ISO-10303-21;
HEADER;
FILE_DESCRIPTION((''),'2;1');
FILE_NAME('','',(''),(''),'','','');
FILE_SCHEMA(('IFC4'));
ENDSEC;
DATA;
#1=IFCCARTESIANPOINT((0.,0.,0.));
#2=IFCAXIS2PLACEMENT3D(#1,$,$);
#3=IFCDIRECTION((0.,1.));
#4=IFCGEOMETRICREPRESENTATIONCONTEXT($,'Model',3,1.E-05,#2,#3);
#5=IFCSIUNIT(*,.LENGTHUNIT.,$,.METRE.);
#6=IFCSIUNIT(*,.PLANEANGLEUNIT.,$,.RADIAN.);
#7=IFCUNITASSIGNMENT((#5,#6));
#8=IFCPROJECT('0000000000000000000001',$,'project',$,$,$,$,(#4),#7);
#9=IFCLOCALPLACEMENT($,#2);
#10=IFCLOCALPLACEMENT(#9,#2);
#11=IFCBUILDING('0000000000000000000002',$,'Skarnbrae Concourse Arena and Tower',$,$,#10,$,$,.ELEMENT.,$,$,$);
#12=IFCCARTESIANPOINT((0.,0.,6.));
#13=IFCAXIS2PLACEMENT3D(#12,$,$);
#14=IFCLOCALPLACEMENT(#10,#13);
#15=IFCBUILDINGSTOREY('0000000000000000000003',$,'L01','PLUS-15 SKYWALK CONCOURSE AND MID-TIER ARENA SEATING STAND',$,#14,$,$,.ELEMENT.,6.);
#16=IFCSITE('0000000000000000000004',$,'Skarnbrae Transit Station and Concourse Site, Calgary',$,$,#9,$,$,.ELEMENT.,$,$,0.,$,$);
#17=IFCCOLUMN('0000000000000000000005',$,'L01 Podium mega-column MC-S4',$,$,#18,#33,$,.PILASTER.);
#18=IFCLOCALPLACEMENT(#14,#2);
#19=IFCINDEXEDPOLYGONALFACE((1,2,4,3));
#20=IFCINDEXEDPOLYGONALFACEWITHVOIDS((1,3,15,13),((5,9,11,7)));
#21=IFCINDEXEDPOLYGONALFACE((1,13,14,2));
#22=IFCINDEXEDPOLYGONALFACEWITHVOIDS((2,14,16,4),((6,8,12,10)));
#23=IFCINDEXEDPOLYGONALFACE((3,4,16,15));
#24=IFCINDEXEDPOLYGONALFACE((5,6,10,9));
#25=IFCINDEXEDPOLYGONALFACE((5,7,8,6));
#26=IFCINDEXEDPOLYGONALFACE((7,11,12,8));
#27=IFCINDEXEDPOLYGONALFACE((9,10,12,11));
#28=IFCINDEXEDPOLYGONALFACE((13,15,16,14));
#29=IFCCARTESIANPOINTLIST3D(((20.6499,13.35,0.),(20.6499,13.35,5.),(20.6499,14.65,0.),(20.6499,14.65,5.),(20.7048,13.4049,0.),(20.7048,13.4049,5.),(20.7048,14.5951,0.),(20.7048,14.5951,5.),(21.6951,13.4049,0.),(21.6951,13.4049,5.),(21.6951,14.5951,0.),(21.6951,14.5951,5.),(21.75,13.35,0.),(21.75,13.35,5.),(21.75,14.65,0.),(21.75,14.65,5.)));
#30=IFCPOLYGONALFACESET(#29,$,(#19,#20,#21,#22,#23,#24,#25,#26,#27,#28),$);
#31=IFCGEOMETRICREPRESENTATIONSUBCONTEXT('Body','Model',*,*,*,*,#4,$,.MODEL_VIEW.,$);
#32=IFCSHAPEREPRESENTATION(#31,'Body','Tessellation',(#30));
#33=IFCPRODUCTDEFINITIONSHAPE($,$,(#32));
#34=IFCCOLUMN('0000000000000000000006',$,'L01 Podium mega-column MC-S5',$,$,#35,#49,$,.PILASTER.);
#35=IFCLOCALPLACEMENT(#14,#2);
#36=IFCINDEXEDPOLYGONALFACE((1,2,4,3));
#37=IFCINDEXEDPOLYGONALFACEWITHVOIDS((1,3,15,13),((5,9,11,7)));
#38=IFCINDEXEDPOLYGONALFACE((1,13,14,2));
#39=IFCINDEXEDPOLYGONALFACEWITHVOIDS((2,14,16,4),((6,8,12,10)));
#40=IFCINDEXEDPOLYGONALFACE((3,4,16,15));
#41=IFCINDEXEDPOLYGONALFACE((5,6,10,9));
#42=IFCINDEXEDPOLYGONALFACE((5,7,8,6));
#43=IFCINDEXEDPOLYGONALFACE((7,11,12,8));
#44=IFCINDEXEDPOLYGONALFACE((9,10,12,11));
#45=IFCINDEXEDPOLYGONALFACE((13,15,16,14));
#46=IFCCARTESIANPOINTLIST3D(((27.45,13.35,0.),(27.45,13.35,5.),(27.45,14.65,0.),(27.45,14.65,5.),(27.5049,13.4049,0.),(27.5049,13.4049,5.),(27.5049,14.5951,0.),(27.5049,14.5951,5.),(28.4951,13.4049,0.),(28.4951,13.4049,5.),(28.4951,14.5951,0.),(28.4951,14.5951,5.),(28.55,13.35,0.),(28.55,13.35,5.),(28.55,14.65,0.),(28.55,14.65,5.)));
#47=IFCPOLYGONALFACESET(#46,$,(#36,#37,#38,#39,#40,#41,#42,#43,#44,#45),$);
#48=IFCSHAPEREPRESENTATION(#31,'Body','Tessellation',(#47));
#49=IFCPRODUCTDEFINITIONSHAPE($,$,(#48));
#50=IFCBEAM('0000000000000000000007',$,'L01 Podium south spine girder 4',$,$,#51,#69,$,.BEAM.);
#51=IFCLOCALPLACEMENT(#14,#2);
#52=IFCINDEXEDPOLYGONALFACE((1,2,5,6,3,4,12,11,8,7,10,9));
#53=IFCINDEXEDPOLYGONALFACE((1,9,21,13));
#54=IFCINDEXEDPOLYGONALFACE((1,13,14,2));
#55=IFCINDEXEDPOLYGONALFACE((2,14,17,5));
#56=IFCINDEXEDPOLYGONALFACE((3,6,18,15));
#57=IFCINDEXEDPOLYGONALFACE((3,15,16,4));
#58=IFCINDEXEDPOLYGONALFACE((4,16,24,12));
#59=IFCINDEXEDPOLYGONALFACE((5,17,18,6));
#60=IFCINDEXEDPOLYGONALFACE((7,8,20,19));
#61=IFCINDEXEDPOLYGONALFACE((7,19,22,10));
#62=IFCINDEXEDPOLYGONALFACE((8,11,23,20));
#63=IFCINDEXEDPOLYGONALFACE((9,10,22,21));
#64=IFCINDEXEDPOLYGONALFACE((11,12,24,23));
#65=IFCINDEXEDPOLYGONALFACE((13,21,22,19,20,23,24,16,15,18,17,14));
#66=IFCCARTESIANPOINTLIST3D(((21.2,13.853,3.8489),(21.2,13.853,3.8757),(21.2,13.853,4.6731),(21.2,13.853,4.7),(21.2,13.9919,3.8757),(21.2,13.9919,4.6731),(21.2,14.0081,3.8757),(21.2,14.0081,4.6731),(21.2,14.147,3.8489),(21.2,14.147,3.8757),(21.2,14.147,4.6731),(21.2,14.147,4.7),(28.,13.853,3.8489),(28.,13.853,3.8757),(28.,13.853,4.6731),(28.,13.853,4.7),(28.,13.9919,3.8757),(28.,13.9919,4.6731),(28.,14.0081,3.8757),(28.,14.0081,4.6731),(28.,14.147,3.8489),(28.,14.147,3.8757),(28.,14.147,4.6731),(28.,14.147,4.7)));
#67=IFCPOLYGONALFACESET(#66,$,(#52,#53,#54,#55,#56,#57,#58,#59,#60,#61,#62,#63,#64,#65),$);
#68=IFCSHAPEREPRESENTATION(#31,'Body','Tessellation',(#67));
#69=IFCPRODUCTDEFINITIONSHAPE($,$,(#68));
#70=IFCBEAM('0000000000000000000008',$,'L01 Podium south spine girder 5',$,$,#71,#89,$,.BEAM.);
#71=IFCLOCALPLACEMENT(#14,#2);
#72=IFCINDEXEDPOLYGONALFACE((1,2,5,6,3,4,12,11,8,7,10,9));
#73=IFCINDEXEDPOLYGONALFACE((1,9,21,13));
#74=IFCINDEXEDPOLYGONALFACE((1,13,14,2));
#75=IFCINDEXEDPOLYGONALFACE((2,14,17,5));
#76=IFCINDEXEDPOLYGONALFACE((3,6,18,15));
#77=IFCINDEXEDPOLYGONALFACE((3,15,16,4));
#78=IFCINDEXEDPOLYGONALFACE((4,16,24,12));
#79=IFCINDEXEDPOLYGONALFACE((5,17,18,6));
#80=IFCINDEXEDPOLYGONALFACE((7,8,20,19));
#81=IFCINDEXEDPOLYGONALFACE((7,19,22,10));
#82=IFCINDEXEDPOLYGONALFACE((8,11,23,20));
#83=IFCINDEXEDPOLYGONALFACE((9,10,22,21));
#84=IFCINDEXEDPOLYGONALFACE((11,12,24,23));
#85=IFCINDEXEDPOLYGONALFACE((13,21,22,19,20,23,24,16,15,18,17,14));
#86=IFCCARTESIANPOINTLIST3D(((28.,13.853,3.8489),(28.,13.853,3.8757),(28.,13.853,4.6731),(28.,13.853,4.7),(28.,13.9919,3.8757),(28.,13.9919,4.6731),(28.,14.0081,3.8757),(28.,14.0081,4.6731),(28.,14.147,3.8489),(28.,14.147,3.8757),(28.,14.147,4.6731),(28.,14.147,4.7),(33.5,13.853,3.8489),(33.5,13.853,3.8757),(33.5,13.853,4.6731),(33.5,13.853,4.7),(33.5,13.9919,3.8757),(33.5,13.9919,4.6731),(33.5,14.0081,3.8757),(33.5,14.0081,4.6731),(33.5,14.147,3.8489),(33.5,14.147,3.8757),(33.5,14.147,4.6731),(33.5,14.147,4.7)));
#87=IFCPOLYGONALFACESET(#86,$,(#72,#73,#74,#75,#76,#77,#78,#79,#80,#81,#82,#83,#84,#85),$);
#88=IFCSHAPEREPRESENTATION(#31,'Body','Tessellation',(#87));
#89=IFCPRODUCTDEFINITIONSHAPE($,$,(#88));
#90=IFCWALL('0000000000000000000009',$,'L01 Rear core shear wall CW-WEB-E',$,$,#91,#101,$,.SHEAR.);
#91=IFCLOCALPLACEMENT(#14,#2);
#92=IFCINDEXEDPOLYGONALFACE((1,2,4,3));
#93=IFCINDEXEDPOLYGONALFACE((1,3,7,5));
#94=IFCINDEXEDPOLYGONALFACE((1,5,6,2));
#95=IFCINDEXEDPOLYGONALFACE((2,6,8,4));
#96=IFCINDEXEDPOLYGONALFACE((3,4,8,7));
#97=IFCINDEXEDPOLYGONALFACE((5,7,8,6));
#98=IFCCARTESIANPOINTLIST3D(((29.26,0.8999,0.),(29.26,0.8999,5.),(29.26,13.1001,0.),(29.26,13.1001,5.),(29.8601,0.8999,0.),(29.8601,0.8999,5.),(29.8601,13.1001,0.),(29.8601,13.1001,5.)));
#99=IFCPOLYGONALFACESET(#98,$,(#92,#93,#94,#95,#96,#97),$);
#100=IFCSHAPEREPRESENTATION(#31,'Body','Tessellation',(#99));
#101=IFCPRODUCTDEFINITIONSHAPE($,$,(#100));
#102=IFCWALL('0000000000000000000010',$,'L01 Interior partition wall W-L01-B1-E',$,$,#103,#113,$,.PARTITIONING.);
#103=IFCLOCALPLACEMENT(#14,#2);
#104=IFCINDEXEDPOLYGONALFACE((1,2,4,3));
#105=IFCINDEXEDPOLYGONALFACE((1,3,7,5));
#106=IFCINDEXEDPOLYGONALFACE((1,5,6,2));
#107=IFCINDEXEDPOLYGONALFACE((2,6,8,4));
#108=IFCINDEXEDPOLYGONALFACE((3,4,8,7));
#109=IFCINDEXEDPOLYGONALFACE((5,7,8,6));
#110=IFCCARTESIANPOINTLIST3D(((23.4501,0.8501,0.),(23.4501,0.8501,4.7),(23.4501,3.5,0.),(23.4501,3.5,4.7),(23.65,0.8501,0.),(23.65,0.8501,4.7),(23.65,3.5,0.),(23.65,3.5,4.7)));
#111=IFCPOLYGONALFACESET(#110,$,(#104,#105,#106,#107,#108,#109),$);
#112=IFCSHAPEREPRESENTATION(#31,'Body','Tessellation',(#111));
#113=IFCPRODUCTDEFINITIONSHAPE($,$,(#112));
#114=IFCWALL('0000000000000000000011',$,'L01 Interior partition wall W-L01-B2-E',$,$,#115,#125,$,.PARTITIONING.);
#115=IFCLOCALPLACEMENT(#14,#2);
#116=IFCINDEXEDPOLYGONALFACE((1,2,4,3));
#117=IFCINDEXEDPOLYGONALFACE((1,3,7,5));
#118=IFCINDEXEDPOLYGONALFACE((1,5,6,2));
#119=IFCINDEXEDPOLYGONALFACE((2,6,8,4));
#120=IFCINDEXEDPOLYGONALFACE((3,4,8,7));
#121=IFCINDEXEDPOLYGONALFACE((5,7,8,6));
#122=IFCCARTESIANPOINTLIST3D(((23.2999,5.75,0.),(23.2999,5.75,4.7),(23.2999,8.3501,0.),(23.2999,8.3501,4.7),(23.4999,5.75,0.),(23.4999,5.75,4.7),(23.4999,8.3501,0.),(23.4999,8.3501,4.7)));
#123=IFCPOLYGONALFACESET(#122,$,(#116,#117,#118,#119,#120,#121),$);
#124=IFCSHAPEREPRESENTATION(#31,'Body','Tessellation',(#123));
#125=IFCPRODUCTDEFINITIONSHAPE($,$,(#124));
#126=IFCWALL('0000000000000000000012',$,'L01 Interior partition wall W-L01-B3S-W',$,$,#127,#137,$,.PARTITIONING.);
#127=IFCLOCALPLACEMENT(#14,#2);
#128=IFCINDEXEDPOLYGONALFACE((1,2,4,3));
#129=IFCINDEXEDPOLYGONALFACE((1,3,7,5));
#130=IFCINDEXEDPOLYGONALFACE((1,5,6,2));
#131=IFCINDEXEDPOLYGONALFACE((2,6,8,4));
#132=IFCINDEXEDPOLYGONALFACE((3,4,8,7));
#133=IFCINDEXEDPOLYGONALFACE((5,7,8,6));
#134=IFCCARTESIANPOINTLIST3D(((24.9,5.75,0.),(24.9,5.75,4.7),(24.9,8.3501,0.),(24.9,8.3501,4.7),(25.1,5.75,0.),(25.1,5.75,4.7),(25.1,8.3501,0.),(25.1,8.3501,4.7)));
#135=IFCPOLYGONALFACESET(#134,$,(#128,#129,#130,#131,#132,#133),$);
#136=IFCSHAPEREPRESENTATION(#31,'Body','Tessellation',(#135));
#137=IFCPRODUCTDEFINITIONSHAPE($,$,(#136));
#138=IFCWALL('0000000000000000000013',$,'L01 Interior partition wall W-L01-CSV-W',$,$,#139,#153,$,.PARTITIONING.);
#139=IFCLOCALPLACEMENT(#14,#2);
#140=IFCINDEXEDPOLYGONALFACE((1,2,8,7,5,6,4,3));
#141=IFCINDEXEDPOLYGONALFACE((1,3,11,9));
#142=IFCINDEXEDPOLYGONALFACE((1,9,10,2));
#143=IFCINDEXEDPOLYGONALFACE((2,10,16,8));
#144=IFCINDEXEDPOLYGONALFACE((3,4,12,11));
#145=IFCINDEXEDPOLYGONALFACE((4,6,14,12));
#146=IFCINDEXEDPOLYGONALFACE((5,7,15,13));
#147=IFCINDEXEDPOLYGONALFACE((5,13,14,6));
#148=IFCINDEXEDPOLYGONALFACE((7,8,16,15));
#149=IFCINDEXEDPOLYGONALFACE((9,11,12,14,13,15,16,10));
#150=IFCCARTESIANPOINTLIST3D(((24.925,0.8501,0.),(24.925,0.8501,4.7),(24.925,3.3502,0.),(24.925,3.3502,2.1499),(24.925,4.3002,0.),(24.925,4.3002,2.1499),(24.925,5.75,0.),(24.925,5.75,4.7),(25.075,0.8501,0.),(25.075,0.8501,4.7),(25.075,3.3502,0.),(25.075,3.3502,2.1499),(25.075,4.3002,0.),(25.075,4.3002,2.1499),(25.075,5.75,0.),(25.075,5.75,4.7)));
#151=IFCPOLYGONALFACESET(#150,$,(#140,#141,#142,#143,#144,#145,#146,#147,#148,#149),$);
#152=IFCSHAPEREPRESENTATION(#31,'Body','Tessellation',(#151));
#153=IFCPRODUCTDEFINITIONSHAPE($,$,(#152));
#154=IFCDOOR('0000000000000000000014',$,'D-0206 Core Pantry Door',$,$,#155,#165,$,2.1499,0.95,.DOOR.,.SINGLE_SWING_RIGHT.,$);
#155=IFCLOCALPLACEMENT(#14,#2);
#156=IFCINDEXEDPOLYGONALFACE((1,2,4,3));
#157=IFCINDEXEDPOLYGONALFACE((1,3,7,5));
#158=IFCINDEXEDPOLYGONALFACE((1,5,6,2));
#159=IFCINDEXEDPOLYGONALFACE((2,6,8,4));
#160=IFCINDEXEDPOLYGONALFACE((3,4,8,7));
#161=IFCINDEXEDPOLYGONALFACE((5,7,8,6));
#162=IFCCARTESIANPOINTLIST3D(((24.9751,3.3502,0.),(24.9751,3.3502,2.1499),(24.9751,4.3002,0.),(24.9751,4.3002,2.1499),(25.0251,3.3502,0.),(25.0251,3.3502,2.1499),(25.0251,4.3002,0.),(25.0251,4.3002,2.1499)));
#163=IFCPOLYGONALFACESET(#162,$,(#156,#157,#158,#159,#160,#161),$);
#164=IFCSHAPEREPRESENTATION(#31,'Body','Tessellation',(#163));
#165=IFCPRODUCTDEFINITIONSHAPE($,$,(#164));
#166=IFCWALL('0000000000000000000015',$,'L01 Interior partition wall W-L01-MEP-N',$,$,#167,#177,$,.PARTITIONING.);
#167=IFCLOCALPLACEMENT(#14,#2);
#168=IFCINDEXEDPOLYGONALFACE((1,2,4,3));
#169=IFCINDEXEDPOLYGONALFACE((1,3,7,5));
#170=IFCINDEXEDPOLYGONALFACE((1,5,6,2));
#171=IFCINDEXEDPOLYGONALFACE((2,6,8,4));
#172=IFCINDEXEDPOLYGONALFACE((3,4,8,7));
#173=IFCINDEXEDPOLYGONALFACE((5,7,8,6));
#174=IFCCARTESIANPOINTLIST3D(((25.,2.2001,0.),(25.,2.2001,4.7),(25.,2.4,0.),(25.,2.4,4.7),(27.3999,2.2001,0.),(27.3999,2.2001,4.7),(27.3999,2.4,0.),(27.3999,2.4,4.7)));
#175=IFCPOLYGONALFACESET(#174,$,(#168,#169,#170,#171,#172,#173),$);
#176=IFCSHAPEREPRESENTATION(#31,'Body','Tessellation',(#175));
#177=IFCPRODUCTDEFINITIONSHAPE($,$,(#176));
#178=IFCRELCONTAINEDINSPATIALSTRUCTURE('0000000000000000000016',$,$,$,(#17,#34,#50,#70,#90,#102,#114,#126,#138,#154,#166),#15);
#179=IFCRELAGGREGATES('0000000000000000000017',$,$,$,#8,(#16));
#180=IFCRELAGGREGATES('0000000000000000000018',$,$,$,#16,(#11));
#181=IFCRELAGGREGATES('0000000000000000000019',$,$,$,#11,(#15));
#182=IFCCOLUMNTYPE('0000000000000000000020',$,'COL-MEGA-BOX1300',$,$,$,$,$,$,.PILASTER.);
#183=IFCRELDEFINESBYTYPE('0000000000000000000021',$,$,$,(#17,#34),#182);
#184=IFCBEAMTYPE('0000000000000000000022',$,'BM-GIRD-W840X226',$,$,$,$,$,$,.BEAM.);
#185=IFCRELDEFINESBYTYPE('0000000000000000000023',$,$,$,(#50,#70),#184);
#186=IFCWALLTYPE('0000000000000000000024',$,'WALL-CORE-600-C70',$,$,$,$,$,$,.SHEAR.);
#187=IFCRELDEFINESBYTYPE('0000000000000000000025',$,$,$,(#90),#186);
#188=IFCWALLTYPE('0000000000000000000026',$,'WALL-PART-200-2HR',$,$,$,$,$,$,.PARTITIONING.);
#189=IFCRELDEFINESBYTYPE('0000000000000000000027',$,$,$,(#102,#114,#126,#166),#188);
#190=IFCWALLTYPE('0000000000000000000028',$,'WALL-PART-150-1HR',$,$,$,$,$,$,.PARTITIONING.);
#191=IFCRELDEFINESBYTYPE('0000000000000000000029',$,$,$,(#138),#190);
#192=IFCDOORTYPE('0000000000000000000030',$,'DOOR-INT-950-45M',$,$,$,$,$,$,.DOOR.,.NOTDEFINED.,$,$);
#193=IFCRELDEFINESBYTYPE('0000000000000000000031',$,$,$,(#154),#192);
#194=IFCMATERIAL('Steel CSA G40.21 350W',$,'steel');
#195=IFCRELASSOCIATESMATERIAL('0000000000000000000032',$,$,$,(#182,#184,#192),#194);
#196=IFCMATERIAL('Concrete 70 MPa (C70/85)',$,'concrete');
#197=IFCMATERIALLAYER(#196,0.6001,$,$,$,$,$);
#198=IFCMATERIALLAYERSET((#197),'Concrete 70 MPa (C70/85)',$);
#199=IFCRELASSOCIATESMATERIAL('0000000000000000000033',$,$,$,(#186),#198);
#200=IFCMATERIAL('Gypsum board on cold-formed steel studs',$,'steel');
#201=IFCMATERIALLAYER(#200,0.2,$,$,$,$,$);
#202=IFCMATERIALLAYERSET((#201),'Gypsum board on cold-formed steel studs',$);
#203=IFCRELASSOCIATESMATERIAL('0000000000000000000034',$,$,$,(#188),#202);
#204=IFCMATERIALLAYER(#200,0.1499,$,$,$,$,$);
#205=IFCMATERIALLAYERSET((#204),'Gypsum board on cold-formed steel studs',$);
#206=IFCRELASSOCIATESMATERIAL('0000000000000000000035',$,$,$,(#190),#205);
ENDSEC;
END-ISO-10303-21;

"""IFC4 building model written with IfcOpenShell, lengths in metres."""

from ifc_helpers import new_model, si_unit, direction, frame, frame_2d, origin, origin_2d, place, context, subcontext, project, spatial, rectangle, hollow_rectangle, i_section, extrude, source, transform, mapped, material, layer, layer_set, material_profile, profile_set, type_object, element, fill, save


model = new_model("IFC4")

# Units and contexts
model_context = context("Model", 3, precision=1e-05, world=origin(), true_north=direction((0.0, 1.0)))
body_context = subcontext(model_context, "Body", "Model", "MODEL_VIEW")
ifc_project = project(units=[si_unit("LENGTHUNIT", "METRE"), si_unit("PLANEANGLEUNIT", "RADIAN")], contexts=[model_context])

# Site, building, storey
site_placement = place(None, origin())
site = spatial("IfcSite", under=ifc_project, at=site_placement, Name="Skarnbrae Transit Station and Concourse Site, Calgary", CompositionType="ELEMENT", RefElevation=0.0)
building_placement = place(site_placement, origin())
building = spatial("IfcBuilding", under=site, at=building_placement, Name="Skarnbrae Concourse Arena and Tower", CompositionType="ELEMENT")
storey_placement = place(building_placement, frame((0.0, 0.0, 6.0)))
storey = spatial("IfcBuildingStorey", under=building, at=storey_placement, Name="L01", Description="PLUS-15 SKYWALK CONCOURSE AND MID-TIER ARENA SEATING STAND", CompositionType="ELEMENT", Elevation=6.0)

# Columns
ifc_material_1 = material(Name="Steel CSA G40.21 350W", Category="steel")
ifc_material_profile_1 = material_profile(ifc_material_1, hollow_rectangle(XDim=1.1001, YDim=1.3, WallThickness=0.0549, at=origin_2d()), Name="BOX1300X1100X55")
ifc_profile_set_1 = profile_set([ifc_material_profile_1], Name="Steel CSA G40.21 350W")
column_type = type_object("IfcColumnType", Name="COL-MEGA-BOX1300", PredefinedType="PILASTER", material=ifc_profile_set_1)
shared_shape_1 = source(origin(), body_context, "Body", "SweptSolid", [
    extrude(hollow_rectangle(XDim=1.1001, YDim=1.3, WallThickness=0.0549, at=origin_2d()), origin(), (0.0, 0.0, 1.0), 5.0),
])
for number, where, z_axis, x_axis, name in (
    (1, (21.2, 14.0, 0.0), (0.0, 0.0, 1.0), (1.0, 0.0, 0.0), "L01 Podium mega-column MC-S4"),
    (2, (28.0, 14.0, 0.0), (0.0, 0.0, 1.0), (1.0, 0.0, 0.0), "L01 Podium mega-column MC-S5"),
):
    element("IfcColumn", number, at=place(storey_placement, frame(where, z_axis=z_axis, x_axis=x_axis)), inside=storey, type_object=column_type, Name=name, PredefinedType="PILASTER", context=body_context, shape_type="MappedRepresentation", body=[
        mapped(shared_shape_1, transform((0.0, 0.0, 0.0))),
    ])

# Beams
ifc_material_profile_2 = material_profile(ifc_material_1, i_section(OverallWidth=0.2939, OverallDepth=0.8511, WebThickness=0.0161, FlangeThickness=0.0269, at=origin_2d()), Name="W840X226")
ifc_profile_set_2 = profile_set([ifc_material_profile_2], Name="Steel CSA G40.21 350W")
beam_type = type_object("IfcBeamType", Name="BM-GIRD-W840X226", PredefinedType="BEAM", material=ifc_profile_set_2)
shared_shape_2 = source(origin(), body_context, "Body", "SweptSolid", [
    extrude(i_section(OverallWidth=0.2939, OverallDepth=0.8511, WebThickness=0.0161, FlangeThickness=0.0269, at=origin_2d()), origin(), (0.0, 0.0, 1.0), 6.8),
])
beam_1_placement = place(storey_placement, frame((21.2, 14.0, 4.2744), z_axis=(1.0, 0.0, 0.0), x_axis=(0.0, 1.0, 0.0)))
element("IfcBeam", 3, at=beam_1_placement, inside=storey, type_object=beam_type, Name="L01 Podium south spine girder 4", PredefinedType="BEAM", context=body_context, shape_type="MappedRepresentation", body=[
    mapped(shared_shape_2, transform((0.0, 0.0, 0.0))),
])
shared_shape_3 = source(origin(), body_context, "Body", "SweptSolid", [
    extrude(i_section(OverallWidth=0.2939, OverallDepth=0.8511, WebThickness=0.0161, FlangeThickness=0.0269, at=origin_2d()), origin(), (0.0, 0.0, 1.0), 5.5),
])
beam_2_placement = place(storey_placement, frame((28.0, 14.0, 4.2744), z_axis=(1.0, 0.0, 0.0), x_axis=(0.0, 1.0, 0.0)))
element("IfcBeam", 4, at=beam_2_placement, inside=storey, type_object=beam_type, Name="L01 Podium south spine girder 5", PredefinedType="BEAM", context=body_context, shape_type="MappedRepresentation", body=[
    mapped(shared_shape_3, transform((0.0, 0.0, 0.0))),
])

# Wall
ifc_material_2 = material(Name="Concrete 70 MPa (C70/85)", Category="concrete")
ifc_layer_1 = layer(ifc_material_2, 0.6001)
ifc_layer_set_1 = layer_set([ifc_layer_1], Name="Concrete 70 MPa (C70/85)")
wall_type_1 = type_object("IfcWallType", Name="WALL-CORE-600-C70", PredefinedType="SHEAR", material=ifc_layer_set_1)
shared_shape_4 = source(origin(), body_context, "Body", "SweptSolid", [
    extrude(rectangle(XDim=12.2002, YDim=0.6001, at=frame_2d((6.1001, 0.0))), origin(), (0.0, 0.0, 1.0), 5.0),
])
wall_1_placement = place(storey_placement, frame((29.5601, 0.8999, 0.0), z_axis=(0.0, 0.0, 1.0), x_axis=(0.0, 1.0, 0.0)))
element("IfcWall", 5, at=wall_1_placement, inside=storey, type_object=wall_type_1, Name="L01 Rear core shear wall CW-WEB-E", PredefinedType="SHEAR", context=body_context, shape_type="MappedRepresentation", body=[
    mapped(shared_shape_4, transform((0.0, 0.0, 0.0))),
])

# Walls
ifc_material_3 = material(Name="Gypsum board on cold-formed steel studs", Category="steel")
ifc_layer_2 = layer(ifc_material_3, 0.2)
ifc_layer_set_2 = layer_set([ifc_layer_2], Name="Gypsum board on cold-formed steel studs")
wall_type_2 = type_object("IfcWallType", Name="WALL-PART-200-2HR", PredefinedType="PARTITIONING", material=ifc_layer_set_2)
shared_shape_5 = source(origin(), body_context, "Body", "SweptSolid", [
    extrude(rectangle(XDim=2.6499, YDim=0.2, at=frame_2d((1.325, 0.0))), origin(), (0.0, 0.0, 1.0), 4.7),
])
wall_2_placement = place(storey_placement, frame((23.55, 0.8501, 0.0), z_axis=(0.0, 0.0, 1.0), x_axis=(0.0, 1.0, 0.0)))
element("IfcWall", 6, at=wall_2_placement, inside=storey, type_object=wall_type_2, Name="L01 Interior partition wall W-L01-B1-E", PredefinedType="PARTITIONING", context=body_context, shape_type="MappedRepresentation", body=[
    mapped(shared_shape_5, transform((0.0, 0.0, 0.0))),
])
shared_shape_6 = source(origin(), body_context, "Body", "SweptSolid", [
    extrude(rectangle(XDim=2.6001, YDim=0.2, at=frame_2d((1.3, 0.0))), origin(), (0.0, 0.0, 1.0), 4.7),
])
for number, where, z_axis, x_axis, name in (
    (7, (23.3999, 5.75, 0.0), (0.0, 0.0, 1.0), (0.0, 1.0, 0.0), "L01 Interior partition wall W-L01-B2-E"),
    (8, (25.0, 5.75, 0.0), (0.0, 0.0, 1.0), (0.0, 1.0, 0.0), "L01 Interior partition wall W-L01-B3S-W"),
):
    element("IfcWall", number, at=place(storey_placement, frame(where, z_axis=z_axis, x_axis=x_axis)), inside=storey, type_object=wall_type_2, Name=name, PredefinedType="PARTITIONING", context=body_context, shape_type="MappedRepresentation", body=[
        mapped(shared_shape_6, transform((0.0, 0.0, 0.0))),
    ])

# Wall, opening, door
ifc_layer_3 = layer(ifc_material_3, 0.1499)
ifc_layer_set_3 = layer_set([ifc_layer_3], Name="Gypsum board on cold-formed steel studs")
wall_type_3 = type_object("IfcWallType", Name="WALL-PART-150-1HR", PredefinedType="PARTITIONING", material=ifc_layer_set_3)
shared_shape_7 = source(origin(), body_context, "Body", "SweptSolid", [
    extrude(rectangle(XDim=4.8999, YDim=0.1499, at=frame_2d((2.45, 0.0))), origin(), (0.0, 0.0, 1.0), 4.7),
])
wall_3_placement = place(storey_placement, frame((25.0, 0.8501, 0.0), z_axis=(0.0, 0.0, 1.0), x_axis=(0.0, 1.0, 0.0)))
wall_3 = element("IfcWall", 9, at=wall_3_placement, inside=storey, type_object=wall_type_3, Name="L01 Interior partition wall W-L01-CSV-W", PredefinedType="PARTITIONING", context=body_context, shape_type="MappedRepresentation", body=[
    mapped(shared_shape_7, transform((0.0, 0.0, 0.0))),
])
opening_1_placement = place(wall_3_placement, frame((2.5, 0.0, 0.0)))
opening_1 = element("IfcOpeningElement", 10, at=opening_1_placement, cuts=wall_3, PredefinedType="OPENING", context=body_context, shape_type="SweptSolid", body=[
    extrude(rectangle(XDim=0.95, YDim=2.1499, at=frame_2d((0.4751, 1.075))), frame((0.0, 0.085, 0.0), z_axis=(0.0, -1.0, 0.0), x_axis=(1.0, 0.0, 0.0)), (0.0, 0.0, 1.0), 0.1699),
])
door_type_1 = type_object("IfcDoorType", Name="DOOR-INT-950-45M", OperationType="NOTDEFINED", PredefinedType="DOOR", material=ifc_material_1)
shared_shape_8 = source(origin(), body_context, "Body", "SweptSolid", [
    extrude(rectangle(XDim=0.95, YDim=2.1499, at=frame_2d((0.4751, 1.075))), frame((0.0, 0.0249, 0.0), z_axis=(0.0, -1.0, 0.0), x_axis=(1.0, 0.0, 0.0)), (0.0, 0.0, 1.0), 0.05),
])
door_1_placement = place(opening_1_placement, origin())
door_1 = element("IfcDoor", 11, at=door_1_placement, inside=storey, type_object=door_type_1, Name="D-0206 Core Pantry Door", OperationType="SINGLE_SWING_RIGHT", OverallHeight=2.1499, OverallWidth=0.95, PredefinedType="DOOR", context=body_context, shape_type="MappedRepresentation", body=[
    mapped(shared_shape_8, transform((0.0, 0.0, 0.0))),
])
fill(opening_1, door_1)

# Wall
shared_shape_9 = source(origin(), body_context, "Body", "SweptSolid", [
    extrude(rectangle(XDim=2.3999, YDim=0.2, at=frame_2d((1.2, 0.0))), origin(), (0.0, 0.0, 1.0), 4.7),
])
wall_4_placement = place(storey_placement, frame((25.0, 2.3, 0.0), z_axis=(0.0, 0.0, 1.0), x_axis=(1.0, 0.0, 0.0)))
element("IfcWall", 12, at=wall_4_placement, inside=storey, type_object=wall_type_2, Name="L01 Interior partition wall W-L01-MEP-N", PredefinedType="PARTITIONING", context=body_context, shape_type="MappedRepresentation", body=[
    mapped(shared_shape_9, transform((0.0, 0.0, 0.0))),
])

save(model, "model.ifc")
